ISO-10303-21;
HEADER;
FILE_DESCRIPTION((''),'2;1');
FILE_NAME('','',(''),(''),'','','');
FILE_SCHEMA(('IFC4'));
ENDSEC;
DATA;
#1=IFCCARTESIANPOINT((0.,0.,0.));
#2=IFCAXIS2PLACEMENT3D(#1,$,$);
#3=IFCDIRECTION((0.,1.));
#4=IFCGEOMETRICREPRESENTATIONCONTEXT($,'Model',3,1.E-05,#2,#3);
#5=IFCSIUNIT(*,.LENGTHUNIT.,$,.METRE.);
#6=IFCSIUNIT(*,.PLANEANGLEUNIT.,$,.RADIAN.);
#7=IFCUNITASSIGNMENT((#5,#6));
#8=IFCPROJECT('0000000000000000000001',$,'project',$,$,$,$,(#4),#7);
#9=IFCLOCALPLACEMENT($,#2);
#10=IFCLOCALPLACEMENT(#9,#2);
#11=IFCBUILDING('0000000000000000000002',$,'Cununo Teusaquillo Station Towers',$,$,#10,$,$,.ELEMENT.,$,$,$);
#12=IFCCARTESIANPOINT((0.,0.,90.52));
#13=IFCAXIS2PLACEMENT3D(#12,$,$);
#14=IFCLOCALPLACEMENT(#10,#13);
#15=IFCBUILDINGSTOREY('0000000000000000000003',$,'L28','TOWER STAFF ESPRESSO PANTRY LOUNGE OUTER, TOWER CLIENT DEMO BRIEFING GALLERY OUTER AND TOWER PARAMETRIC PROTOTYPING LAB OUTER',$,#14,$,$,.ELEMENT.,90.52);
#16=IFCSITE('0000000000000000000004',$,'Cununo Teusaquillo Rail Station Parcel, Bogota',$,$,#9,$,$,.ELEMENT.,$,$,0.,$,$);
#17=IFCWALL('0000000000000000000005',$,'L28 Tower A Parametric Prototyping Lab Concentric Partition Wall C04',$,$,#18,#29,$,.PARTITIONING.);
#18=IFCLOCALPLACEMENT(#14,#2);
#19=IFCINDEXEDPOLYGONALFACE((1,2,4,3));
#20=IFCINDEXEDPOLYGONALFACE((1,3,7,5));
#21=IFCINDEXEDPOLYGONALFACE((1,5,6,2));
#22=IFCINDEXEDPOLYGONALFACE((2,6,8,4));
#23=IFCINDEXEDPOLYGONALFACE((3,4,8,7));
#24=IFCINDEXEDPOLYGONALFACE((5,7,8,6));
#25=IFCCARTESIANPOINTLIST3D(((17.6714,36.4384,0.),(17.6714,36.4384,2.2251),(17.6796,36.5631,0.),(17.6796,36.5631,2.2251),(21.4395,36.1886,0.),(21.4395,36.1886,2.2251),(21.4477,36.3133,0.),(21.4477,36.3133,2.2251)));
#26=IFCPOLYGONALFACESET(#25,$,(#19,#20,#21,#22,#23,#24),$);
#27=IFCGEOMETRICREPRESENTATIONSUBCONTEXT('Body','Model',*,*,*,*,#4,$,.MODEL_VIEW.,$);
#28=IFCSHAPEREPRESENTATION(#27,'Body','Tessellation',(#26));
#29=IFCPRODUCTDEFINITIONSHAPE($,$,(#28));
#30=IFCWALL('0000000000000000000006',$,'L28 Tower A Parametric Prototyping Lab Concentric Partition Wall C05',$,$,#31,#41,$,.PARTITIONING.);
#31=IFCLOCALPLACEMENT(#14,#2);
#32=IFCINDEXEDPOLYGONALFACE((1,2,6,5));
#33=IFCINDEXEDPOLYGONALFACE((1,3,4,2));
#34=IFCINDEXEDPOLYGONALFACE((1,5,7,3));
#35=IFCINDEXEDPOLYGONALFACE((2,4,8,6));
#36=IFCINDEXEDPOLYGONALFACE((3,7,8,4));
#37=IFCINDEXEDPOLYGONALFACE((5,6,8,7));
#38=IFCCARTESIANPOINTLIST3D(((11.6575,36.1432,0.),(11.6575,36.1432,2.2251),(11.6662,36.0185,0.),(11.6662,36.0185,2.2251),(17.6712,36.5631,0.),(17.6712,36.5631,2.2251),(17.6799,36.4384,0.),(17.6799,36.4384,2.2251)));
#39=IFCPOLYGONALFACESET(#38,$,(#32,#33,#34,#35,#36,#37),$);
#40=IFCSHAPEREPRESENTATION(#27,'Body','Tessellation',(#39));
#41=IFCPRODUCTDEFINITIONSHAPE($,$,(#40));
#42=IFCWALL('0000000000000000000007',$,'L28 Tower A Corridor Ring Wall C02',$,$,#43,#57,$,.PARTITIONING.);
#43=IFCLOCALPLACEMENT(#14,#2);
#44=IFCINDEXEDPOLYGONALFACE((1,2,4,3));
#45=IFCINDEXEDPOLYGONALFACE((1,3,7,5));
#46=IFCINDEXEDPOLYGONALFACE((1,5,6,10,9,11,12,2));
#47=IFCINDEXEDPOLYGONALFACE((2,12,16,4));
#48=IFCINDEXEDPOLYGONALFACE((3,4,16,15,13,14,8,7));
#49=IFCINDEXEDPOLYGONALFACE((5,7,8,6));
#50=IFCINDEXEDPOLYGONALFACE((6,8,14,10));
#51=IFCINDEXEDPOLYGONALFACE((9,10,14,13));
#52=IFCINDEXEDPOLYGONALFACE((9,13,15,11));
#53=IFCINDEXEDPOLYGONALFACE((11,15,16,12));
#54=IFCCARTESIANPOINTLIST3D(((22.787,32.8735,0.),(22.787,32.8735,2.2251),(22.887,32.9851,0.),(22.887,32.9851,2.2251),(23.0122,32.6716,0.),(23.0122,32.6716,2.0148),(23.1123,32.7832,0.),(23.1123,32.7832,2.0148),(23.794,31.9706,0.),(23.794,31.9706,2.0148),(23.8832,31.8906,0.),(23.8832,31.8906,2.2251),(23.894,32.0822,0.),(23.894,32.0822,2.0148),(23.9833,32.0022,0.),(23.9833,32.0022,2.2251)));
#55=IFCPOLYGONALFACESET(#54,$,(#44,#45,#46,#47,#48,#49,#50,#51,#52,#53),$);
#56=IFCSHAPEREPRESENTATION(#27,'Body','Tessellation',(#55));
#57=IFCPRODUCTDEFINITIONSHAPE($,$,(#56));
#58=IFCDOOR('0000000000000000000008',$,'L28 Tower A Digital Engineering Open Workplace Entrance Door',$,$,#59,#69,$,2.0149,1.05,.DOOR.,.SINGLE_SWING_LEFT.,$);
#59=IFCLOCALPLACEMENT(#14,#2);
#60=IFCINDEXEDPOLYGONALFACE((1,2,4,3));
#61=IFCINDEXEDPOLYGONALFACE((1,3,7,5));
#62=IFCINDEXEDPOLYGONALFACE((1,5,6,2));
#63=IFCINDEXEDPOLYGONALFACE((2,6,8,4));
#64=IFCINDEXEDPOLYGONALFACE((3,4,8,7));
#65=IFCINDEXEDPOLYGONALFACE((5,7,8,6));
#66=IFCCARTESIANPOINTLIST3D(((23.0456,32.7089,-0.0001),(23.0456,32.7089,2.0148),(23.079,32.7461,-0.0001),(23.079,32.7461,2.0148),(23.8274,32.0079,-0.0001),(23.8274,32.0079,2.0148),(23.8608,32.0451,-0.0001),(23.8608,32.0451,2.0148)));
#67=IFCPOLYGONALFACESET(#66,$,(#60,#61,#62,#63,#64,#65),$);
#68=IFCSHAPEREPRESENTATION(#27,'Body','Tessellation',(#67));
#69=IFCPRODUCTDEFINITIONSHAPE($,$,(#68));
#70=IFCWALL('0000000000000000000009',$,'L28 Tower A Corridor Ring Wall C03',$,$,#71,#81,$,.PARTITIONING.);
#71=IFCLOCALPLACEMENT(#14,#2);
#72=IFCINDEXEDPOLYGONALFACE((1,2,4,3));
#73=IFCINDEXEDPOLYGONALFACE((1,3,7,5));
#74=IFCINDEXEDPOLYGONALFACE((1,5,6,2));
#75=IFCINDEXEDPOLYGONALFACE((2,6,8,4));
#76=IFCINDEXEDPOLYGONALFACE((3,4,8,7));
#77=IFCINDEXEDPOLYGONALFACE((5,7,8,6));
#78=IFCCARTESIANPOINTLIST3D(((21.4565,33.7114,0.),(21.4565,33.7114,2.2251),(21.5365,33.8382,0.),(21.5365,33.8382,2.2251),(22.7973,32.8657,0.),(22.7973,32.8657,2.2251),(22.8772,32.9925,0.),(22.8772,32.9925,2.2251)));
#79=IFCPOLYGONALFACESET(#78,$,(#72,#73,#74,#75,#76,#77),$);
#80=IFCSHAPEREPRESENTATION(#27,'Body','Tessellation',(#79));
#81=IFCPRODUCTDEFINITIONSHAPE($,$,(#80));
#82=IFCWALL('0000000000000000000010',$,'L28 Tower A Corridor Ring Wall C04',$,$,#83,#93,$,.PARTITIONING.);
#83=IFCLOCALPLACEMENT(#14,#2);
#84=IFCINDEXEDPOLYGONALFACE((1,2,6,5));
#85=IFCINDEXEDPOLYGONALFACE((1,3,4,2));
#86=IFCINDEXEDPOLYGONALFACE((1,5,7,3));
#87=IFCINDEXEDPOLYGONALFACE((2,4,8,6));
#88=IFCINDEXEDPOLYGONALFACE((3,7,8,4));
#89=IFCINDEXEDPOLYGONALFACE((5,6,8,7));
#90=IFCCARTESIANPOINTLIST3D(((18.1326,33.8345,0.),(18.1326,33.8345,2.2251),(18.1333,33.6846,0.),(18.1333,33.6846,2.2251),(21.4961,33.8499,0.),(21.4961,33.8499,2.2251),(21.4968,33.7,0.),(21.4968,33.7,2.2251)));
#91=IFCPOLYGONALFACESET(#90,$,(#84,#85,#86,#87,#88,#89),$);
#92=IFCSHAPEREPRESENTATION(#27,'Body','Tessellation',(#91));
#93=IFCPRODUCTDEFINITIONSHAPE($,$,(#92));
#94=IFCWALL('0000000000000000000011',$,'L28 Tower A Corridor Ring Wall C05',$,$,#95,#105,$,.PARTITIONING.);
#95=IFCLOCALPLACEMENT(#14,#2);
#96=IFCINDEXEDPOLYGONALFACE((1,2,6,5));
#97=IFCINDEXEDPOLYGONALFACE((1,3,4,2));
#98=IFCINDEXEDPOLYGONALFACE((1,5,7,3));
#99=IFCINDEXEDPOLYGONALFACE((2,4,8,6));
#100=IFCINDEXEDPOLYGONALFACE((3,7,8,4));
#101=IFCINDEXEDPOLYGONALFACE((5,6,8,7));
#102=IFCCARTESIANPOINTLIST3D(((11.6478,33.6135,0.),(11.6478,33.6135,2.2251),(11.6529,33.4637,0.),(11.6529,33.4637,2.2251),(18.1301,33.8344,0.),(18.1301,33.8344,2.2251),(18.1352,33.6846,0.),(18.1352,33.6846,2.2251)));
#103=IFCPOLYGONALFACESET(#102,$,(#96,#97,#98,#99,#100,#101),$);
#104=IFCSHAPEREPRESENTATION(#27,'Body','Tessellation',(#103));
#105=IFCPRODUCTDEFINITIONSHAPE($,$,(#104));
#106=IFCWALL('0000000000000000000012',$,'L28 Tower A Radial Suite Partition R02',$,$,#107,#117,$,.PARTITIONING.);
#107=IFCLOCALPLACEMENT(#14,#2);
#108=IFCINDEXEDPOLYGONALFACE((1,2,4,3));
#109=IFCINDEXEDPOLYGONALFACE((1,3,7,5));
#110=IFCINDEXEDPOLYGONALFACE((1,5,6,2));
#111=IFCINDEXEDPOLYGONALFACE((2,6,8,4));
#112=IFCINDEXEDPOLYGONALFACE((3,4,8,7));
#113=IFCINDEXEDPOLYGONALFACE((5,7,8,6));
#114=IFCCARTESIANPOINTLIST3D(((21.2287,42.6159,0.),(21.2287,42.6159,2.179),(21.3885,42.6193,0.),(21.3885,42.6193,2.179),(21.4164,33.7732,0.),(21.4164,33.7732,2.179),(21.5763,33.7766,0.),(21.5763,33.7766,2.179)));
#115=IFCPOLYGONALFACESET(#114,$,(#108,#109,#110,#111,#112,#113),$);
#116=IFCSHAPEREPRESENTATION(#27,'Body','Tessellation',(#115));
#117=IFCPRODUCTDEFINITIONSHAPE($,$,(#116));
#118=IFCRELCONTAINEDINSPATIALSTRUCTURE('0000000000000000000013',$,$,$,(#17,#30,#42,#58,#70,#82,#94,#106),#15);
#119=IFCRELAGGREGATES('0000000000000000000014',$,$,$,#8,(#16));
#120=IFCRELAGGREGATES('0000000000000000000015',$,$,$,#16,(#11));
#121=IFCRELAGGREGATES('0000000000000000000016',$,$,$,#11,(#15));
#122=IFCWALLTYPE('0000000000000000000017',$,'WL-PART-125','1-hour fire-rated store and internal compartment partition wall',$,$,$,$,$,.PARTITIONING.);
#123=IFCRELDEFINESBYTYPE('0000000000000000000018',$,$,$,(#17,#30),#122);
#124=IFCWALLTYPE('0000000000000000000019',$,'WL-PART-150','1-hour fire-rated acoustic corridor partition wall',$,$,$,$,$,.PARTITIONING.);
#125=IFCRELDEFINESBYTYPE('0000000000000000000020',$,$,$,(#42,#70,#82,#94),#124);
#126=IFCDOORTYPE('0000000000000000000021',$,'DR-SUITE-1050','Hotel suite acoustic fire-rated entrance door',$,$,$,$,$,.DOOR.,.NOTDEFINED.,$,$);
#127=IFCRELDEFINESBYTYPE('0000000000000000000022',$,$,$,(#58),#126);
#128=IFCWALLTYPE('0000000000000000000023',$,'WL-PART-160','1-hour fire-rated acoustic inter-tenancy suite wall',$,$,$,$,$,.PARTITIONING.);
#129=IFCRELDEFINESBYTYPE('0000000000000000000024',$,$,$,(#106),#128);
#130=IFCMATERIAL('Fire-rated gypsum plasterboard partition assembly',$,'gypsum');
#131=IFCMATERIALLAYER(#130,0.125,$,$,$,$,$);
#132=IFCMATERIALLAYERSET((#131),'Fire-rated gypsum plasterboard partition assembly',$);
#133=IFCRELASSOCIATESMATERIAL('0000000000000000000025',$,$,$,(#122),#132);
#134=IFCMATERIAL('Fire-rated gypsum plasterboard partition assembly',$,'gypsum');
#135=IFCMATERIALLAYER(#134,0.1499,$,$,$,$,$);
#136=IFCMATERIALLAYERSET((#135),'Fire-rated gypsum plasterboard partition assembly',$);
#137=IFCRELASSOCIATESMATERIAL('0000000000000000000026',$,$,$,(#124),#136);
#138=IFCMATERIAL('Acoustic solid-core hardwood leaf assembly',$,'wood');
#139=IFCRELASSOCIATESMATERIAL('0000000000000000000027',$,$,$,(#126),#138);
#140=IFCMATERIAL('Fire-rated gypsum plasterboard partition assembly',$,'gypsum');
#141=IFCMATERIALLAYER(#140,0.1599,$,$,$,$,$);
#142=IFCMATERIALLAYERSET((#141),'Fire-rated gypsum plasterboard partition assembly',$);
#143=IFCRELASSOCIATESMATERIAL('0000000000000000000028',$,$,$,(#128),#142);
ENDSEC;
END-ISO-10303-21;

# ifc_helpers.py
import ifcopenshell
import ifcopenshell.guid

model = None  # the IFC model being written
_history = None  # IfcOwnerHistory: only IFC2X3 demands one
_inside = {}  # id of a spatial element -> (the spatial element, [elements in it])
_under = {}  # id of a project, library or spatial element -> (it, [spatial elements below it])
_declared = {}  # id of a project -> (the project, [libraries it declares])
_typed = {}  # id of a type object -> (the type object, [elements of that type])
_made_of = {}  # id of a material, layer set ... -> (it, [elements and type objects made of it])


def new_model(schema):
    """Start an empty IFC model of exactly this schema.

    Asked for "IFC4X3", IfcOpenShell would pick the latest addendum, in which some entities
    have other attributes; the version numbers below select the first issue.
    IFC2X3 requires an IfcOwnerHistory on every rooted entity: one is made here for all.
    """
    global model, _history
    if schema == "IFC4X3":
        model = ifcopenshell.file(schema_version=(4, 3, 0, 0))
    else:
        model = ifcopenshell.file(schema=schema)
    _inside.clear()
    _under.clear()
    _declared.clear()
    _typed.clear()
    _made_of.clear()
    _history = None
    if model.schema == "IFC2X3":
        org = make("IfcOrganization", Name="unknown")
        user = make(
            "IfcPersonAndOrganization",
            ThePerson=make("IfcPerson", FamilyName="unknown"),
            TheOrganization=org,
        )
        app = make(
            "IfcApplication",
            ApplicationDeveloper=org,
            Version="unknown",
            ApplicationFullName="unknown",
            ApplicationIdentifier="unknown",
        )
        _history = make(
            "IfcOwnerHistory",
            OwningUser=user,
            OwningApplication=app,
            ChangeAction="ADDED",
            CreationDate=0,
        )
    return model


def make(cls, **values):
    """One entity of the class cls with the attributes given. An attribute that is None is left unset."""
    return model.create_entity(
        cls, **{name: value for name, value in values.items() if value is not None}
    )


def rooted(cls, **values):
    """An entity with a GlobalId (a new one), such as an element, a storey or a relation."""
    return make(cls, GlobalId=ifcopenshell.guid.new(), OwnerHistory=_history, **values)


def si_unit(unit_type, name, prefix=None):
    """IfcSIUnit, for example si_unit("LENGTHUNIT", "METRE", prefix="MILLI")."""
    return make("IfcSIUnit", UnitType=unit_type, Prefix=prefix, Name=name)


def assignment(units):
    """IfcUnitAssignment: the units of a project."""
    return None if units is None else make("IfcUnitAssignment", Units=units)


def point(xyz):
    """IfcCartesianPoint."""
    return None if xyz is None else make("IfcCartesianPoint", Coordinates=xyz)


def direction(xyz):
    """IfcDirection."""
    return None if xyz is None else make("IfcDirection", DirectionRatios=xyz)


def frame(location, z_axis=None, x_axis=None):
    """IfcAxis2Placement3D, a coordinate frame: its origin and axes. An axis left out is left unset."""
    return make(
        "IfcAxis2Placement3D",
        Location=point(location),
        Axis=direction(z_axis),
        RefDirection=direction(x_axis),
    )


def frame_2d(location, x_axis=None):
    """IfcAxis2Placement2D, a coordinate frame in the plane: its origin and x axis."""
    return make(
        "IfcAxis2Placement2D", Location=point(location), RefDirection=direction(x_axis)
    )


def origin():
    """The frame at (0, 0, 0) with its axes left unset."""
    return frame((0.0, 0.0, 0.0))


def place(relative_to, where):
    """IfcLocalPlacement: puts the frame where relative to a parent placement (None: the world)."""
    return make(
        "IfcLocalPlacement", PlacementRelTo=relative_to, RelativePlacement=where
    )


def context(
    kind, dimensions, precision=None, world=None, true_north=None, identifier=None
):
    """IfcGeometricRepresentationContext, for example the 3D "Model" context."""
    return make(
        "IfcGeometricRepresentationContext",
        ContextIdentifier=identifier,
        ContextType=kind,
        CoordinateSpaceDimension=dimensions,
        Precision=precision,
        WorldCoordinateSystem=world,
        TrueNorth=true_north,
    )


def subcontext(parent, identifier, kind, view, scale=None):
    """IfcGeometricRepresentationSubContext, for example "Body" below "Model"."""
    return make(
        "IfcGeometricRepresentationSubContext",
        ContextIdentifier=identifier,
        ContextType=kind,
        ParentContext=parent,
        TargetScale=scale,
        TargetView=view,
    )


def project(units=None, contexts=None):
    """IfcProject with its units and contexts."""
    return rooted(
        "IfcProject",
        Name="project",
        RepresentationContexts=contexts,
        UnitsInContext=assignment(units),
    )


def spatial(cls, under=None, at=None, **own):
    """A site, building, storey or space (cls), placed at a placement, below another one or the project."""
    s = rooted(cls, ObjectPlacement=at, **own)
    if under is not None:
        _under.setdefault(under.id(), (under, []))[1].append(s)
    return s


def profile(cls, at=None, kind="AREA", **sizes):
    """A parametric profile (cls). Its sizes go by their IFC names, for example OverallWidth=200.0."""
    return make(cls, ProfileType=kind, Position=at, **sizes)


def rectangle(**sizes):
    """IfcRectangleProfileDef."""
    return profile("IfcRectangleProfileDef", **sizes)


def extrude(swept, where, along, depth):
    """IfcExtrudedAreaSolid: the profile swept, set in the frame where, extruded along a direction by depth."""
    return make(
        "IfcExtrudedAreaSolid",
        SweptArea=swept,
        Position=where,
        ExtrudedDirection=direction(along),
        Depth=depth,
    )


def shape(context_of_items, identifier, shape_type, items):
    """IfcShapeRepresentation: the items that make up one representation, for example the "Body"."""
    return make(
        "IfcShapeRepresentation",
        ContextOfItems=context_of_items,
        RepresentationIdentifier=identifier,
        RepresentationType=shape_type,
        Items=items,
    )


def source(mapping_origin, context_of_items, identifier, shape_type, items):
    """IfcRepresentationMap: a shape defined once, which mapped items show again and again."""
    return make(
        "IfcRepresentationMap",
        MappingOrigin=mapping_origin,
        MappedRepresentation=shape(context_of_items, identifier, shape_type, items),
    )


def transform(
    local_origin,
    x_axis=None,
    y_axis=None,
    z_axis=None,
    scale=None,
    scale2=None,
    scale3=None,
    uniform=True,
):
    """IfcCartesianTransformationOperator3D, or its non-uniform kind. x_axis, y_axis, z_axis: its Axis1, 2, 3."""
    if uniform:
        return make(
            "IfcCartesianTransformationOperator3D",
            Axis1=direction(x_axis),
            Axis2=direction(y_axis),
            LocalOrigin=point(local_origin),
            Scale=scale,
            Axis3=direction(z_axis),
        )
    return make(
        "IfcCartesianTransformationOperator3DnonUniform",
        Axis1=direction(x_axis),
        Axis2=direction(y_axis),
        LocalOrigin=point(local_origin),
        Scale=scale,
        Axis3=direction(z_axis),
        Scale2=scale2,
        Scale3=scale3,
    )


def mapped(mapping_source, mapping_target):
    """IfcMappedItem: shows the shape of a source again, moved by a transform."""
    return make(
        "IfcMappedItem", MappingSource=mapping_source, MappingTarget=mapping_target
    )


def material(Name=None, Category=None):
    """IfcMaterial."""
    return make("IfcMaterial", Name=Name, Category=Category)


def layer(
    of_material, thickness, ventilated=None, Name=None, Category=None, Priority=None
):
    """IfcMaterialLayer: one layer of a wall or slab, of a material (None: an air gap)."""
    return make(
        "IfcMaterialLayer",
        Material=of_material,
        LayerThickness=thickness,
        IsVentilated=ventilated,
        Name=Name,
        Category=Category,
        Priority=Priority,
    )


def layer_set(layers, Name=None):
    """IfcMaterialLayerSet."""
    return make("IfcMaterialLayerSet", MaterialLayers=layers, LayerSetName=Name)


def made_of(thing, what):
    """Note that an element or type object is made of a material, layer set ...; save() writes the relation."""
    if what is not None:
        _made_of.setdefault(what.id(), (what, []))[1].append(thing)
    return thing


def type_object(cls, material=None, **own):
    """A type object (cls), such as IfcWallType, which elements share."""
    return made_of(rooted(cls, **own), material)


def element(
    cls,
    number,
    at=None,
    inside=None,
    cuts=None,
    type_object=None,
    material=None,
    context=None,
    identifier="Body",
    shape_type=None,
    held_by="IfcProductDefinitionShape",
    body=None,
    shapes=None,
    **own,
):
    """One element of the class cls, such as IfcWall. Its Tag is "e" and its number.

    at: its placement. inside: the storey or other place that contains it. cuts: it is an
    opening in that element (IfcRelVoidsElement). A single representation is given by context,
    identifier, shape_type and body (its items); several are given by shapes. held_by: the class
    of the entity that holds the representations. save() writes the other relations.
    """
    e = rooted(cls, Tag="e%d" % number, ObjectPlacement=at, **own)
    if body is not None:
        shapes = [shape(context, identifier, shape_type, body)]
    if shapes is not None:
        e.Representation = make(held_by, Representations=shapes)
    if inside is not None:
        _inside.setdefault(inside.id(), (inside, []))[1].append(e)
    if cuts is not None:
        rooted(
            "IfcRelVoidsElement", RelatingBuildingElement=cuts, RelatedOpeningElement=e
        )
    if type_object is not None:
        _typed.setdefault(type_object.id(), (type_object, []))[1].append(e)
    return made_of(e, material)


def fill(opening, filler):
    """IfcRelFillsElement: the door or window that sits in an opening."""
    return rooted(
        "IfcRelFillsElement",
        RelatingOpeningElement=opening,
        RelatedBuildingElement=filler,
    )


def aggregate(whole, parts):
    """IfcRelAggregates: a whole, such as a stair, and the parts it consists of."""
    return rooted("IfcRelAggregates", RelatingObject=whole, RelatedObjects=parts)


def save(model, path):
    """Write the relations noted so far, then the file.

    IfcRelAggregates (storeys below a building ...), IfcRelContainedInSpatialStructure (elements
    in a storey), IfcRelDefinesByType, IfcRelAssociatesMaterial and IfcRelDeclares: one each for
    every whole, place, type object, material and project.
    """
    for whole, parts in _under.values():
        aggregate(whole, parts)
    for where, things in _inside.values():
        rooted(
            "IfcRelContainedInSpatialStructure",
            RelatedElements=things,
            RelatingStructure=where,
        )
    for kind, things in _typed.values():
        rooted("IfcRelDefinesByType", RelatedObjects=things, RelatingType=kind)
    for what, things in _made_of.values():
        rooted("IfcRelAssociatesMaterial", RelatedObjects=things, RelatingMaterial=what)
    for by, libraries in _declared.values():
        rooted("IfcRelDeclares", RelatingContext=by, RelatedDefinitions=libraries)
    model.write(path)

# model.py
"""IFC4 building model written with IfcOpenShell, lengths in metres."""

from ifc_helpers import new_model, si_unit, direction, frame, frame_2d, origin, place, context, subcontext, project, spatial, rectangle, extrude, source, transform, mapped, material, layer, layer_set, type_object, element, fill, save


model = new_model("IFC4")

# Units and contexts
model_context = context("Model", 3, precision=1e-05, world=origin(), true_north=direction((0.0, 1.0)))
body_context = subcontext(model_context, "Body", "Model", "MODEL_VIEW")
ifc_project = project(units=[si_unit("LENGTHUNIT", "METRE"), si_unit("PLANEANGLEUNIT", "RADIAN")], contexts=[model_context])

# Site, building, storey
site_placement = place(None, origin())
site = spatial("IfcSite", under=ifc_project, at=site_placement, Name="Cununo Teusaquillo Rail Station Parcel, Bogota", CompositionType="ELEMENT", RefElevation=0.0)
building_placement = place(site_placement, origin())
building = spatial("IfcBuilding", under=site, at=building_placement, Name="Cununo Teusaquillo Station Towers", CompositionType="ELEMENT")
storey_placement = place(building_placement, frame((0.0, 0.0, 90.52)))
storey = spatial("IfcBuildingStorey", under=building, at=storey_placement, Name="L28", Description="TOWER STAFF ESPRESSO PANTRY LOUNGE OUTER, TOWER CLIENT DEMO BRIEFING GALLERY OUTER AND TOWER PARAMETRIC PROTOTYPING LAB OUTER", CompositionType="ELEMENT", Elevation=90.52)

# Shared definitions
ifc_material_1 = material(Name="Fire-rated gypsum plasterboard partition assembly", Category="gypsum")
ifc_layer_1 = layer(ifc_material_1, 0.125)
ifc_layer_set_1 = layer_set([ifc_layer_1], Name="Fire-rated gypsum plasterboard partition assembly")
wall_type_1 = type_object("IfcWallType", Name="WL-PART-125", Description="1-hour fire-rated store and internal compartment partition wall", PredefinedType="PARTITIONING", material=ifc_layer_set_1)

# Walls
wall_1_placement = place(storey_placement, frame((21.4436, 36.251, 0.0), z_axis=(0.0, 0.0, 1.0), x_axis=(-0.997811, 0.066137, 0.0)))
element("IfcWall", 1, at=wall_1_placement, inside=storey, type_object=wall_type_1, Name="L28 Tower A Parametric Prototyping Lab Concentric Partition Wall C04", PredefinedType="PARTITIONING", context=body_context, shape_type="SweptSolid", body=[
    extrude(rectangle(XDim=3.7764, YDim=0.125, at=frame_2d((1.8882, 0.0))), origin(), (0.0, 0.0, 1.0), 2.2251),
])
wall_2_placement = place(storey_placement, frame((17.6755, 36.5007, 0.0), z_axis=(0.0, 0.0, 1.0), x_axis=(-0.997571, -0.069658, 0.0)))
element("IfcWall", 2, at=wall_2_placement, inside=storey, type_object=wall_type_1, Name="L28 Tower A Parametric Prototyping Lab Concentric Partition Wall C05", PredefinedType="PARTITIONING", context=body_context, shape_type="SweptSolid", body=[
    extrude(rectangle(XDim=6.0283, YDim=0.125, at=frame_2d((3.0142, 0.0))), origin(), (0.0, 0.0, 1.0), 2.2251),
])

# Wall, opening, door
ifc_material_2 = material(Name="Fire-rated gypsum plasterboard partition assembly", Category="gypsum")
ifc_layer_2 = layer(ifc_material_2, 0.1499)
ifc_layer_set_2 = layer_set([ifc_layer_2], Name="Fire-rated gypsum plasterboard partition assembly")
wall_type_2 = type_object("IfcWallType", Name="WL-PART-150", Description="1-hour fire-rated acoustic corridor partition wall", PredefinedType="PARTITIONING", material=ifc_layer_set_2)
wall_3_placement = place(storey_placement, frame((23.9333, 31.9463, 0.0), z_axis=(0.0, 0.0, 1.0), x_axis=(-0.74453, 0.667589, 0.0)))
wall_3 = element("IfcWall", 3, at=wall_3_placement, inside=storey, type_object=wall_type_2, Name="L28 Tower A Corridor Ring Wall C02", PredefinedType="PARTITIONING", context=body_context, shape_type="SweptSolid", body=[
    extrude(rectangle(XDim=1.4724, YDim=0.1499, at=frame_2d((0.7363, 0.0))), origin(), (0.0, 0.0, 1.0), 2.2251),
])
shared_shape_1 = source(origin(), body_context, "Body", "SweptSolid", [
    extrude(rectangle(XDim=1.05, YDim=2.0149, at=frame_2d((0.5249, 1.0073))), frame((0.0, 0.085, 0.0), z_axis=(0.0, -1.0, 0.0), x_axis=(1.0, 0.0, 0.0)), (0.0, 0.0, 1.0), 0.1699),
])
opening_1_placement = place(wall_3_placement, frame((0.1201, 0.0, 0.0)))
opening_1 = element("IfcOpeningElement", 4, at=opening_1_placement, cuts=wall_3, PredefinedType="OPENING", context=body_context, shape_type="MappedRepresentation", body=[
    mapped(shared_shape_1, transform((0.0, 0.0, 0.0), x_axis=(1.0, 0.0, 0.0), y_axis=(0.0, 1.0, 0.0), z_axis=(0.0, 0.0, 1.0), scale=1.0)),
])
ifc_material_3 = material(Name="Acoustic solid-core hardwood leaf assembly", Category="wood")
door_type_1 = type_object("IfcDoorType", Name="DR-SUITE-1050", Description="Hotel suite acoustic fire-rated entrance door", OperationType="NOTDEFINED", PredefinedType="DOOR", material=ifc_material_3)
shared_shape_2 = source(origin(), body_context, "Body", "SweptSolid", [
    extrude(rectangle(XDim=1.05, YDim=2.0149, at=frame_2d((0.5249, 1.0073))), frame((0.0, 0.0249, 0.0), z_axis=(0.0, -1.0, 0.0), x_axis=(1.0, 0.0, 0.0)), (0.0, 0.0, 1.0), 0.05),
])
door_1_placement = place(opening_1_placement, origin())
door_1 = element("IfcDoor", 5, at=door_1_placement, inside=storey, type_object=door_type_1, Name="L28 Tower A Digital Engineering Open Workplace Entrance Door", OperationType="SINGLE_SWING_LEFT", OverallHeight=2.0149, OverallWidth=1.05, PredefinedType="DOOR", context=body_context, shape_type="MappedRepresentation", body=[
    mapped(shared_shape_2, transform((0.0, 0.0, 0.0), x_axis=(1.0, 0.0, 0.0), y_axis=(0.0, 1.0, 0.0), z_axis=(0.0, 0.0, 1.0), scale=1.0)),
])
fill(opening_1, door_1)

# Walls
wall_4_placement = place(storey_placement, frame((22.8372, 32.9292, 0.0), z_axis=(0.0, 0.0, 1.0), x_axis=(-0.845811, 0.533483, 0.0)))
element("IfcWall", 6, at=wall_4_placement, inside=storey, type_object=wall_type_2, Name="L28 Tower A Corridor Ring Wall C03", PredefinedType="PARTITIONING", context=body_context, shape_type="SweptSolid", body=[
    extrude(rectangle(XDim=1.5852, YDim=0.1499, at=frame_2d((0.7925, 0.0))), origin(), (0.0, 0.0, 1.0), 2.2251),
])
wall_5_placement = place(storey_placement, frame((21.4963, 33.7749, 0.0), z_axis=(0.0, 0.0, 1.0), x_axis=(-0.99999, -0.004573, 0.0)))
element("IfcWall", 7, at=wall_5_placement, inside=storey, type_object=wall_type_2, Name="L28 Tower A Corridor Ring Wall C04", PredefinedType="PARTITIONING", context=body_context, shape_type="SweptSolid", body=[
    extrude(rectangle(XDim=3.3635, YDim=0.1499, at=frame_2d((1.6816, 0.0))), origin(), (0.0, 0.0, 1.0), 2.2251),
])
wall_6_placement = place(storey_placement, frame((18.1328, 33.7595, 0.0), z_axis=(0.0, 0.0, 1.0), x_axis=(-0.99942, -0.034064, 0.0)))
element("IfcWall", 8, at=wall_6_placement, inside=storey, type_object=wall_type_2, Name="L28 Tower A Corridor Ring Wall C05", PredefinedType="PARTITIONING", context=body_context, shape_type="SweptSolid", body=[
    extrude(rectangle(XDim=6.4861, YDim=0.1499, at=frame_2d((3.2432, 0.0))), origin(), (0.0, 0.0, 1.0), 2.2251),
])
ifc_material_4 = material(Name="Fire-rated gypsum plasterboard partition assembly", Category="gypsum")
ifc_layer_3 = layer(ifc_material_4, 0.1599)
ifc_layer_set_3 = layer_set([ifc_layer_3], Name="Fire-rated gypsum plasterboard partition assembly")
wall_type_3 = type_object("IfcWallType", Name="WL-PART-160", Description="1-hour fire-rated acoustic inter-tenancy suite wall", PredefinedType="PARTITIONING", material=ifc_layer_set_3)
wall_7_placement = place(storey_placement, frame((21.4963, 33.7749, 0.0), z_axis=(0.0, 0.0, 1.0), x_axis=(-0.021227, 0.999775, 0.0)))
element("IfcWall", 9, at=wall_7_placement, inside=storey, type_object=wall_type_3, Name="L28 Tower A Radial Suite Partition R02", PredefinedType="PARTITIONING", context=body_context, shape_type="SweptSolid", body=[
    extrude(rectangle(XDim=8.8447, YDim=0.1599, at=frame_2d((4.4224, 0.0))), origin(), (0.0, 0.0, 1.0), 2.179),
])

save(model, "model.ifc")
